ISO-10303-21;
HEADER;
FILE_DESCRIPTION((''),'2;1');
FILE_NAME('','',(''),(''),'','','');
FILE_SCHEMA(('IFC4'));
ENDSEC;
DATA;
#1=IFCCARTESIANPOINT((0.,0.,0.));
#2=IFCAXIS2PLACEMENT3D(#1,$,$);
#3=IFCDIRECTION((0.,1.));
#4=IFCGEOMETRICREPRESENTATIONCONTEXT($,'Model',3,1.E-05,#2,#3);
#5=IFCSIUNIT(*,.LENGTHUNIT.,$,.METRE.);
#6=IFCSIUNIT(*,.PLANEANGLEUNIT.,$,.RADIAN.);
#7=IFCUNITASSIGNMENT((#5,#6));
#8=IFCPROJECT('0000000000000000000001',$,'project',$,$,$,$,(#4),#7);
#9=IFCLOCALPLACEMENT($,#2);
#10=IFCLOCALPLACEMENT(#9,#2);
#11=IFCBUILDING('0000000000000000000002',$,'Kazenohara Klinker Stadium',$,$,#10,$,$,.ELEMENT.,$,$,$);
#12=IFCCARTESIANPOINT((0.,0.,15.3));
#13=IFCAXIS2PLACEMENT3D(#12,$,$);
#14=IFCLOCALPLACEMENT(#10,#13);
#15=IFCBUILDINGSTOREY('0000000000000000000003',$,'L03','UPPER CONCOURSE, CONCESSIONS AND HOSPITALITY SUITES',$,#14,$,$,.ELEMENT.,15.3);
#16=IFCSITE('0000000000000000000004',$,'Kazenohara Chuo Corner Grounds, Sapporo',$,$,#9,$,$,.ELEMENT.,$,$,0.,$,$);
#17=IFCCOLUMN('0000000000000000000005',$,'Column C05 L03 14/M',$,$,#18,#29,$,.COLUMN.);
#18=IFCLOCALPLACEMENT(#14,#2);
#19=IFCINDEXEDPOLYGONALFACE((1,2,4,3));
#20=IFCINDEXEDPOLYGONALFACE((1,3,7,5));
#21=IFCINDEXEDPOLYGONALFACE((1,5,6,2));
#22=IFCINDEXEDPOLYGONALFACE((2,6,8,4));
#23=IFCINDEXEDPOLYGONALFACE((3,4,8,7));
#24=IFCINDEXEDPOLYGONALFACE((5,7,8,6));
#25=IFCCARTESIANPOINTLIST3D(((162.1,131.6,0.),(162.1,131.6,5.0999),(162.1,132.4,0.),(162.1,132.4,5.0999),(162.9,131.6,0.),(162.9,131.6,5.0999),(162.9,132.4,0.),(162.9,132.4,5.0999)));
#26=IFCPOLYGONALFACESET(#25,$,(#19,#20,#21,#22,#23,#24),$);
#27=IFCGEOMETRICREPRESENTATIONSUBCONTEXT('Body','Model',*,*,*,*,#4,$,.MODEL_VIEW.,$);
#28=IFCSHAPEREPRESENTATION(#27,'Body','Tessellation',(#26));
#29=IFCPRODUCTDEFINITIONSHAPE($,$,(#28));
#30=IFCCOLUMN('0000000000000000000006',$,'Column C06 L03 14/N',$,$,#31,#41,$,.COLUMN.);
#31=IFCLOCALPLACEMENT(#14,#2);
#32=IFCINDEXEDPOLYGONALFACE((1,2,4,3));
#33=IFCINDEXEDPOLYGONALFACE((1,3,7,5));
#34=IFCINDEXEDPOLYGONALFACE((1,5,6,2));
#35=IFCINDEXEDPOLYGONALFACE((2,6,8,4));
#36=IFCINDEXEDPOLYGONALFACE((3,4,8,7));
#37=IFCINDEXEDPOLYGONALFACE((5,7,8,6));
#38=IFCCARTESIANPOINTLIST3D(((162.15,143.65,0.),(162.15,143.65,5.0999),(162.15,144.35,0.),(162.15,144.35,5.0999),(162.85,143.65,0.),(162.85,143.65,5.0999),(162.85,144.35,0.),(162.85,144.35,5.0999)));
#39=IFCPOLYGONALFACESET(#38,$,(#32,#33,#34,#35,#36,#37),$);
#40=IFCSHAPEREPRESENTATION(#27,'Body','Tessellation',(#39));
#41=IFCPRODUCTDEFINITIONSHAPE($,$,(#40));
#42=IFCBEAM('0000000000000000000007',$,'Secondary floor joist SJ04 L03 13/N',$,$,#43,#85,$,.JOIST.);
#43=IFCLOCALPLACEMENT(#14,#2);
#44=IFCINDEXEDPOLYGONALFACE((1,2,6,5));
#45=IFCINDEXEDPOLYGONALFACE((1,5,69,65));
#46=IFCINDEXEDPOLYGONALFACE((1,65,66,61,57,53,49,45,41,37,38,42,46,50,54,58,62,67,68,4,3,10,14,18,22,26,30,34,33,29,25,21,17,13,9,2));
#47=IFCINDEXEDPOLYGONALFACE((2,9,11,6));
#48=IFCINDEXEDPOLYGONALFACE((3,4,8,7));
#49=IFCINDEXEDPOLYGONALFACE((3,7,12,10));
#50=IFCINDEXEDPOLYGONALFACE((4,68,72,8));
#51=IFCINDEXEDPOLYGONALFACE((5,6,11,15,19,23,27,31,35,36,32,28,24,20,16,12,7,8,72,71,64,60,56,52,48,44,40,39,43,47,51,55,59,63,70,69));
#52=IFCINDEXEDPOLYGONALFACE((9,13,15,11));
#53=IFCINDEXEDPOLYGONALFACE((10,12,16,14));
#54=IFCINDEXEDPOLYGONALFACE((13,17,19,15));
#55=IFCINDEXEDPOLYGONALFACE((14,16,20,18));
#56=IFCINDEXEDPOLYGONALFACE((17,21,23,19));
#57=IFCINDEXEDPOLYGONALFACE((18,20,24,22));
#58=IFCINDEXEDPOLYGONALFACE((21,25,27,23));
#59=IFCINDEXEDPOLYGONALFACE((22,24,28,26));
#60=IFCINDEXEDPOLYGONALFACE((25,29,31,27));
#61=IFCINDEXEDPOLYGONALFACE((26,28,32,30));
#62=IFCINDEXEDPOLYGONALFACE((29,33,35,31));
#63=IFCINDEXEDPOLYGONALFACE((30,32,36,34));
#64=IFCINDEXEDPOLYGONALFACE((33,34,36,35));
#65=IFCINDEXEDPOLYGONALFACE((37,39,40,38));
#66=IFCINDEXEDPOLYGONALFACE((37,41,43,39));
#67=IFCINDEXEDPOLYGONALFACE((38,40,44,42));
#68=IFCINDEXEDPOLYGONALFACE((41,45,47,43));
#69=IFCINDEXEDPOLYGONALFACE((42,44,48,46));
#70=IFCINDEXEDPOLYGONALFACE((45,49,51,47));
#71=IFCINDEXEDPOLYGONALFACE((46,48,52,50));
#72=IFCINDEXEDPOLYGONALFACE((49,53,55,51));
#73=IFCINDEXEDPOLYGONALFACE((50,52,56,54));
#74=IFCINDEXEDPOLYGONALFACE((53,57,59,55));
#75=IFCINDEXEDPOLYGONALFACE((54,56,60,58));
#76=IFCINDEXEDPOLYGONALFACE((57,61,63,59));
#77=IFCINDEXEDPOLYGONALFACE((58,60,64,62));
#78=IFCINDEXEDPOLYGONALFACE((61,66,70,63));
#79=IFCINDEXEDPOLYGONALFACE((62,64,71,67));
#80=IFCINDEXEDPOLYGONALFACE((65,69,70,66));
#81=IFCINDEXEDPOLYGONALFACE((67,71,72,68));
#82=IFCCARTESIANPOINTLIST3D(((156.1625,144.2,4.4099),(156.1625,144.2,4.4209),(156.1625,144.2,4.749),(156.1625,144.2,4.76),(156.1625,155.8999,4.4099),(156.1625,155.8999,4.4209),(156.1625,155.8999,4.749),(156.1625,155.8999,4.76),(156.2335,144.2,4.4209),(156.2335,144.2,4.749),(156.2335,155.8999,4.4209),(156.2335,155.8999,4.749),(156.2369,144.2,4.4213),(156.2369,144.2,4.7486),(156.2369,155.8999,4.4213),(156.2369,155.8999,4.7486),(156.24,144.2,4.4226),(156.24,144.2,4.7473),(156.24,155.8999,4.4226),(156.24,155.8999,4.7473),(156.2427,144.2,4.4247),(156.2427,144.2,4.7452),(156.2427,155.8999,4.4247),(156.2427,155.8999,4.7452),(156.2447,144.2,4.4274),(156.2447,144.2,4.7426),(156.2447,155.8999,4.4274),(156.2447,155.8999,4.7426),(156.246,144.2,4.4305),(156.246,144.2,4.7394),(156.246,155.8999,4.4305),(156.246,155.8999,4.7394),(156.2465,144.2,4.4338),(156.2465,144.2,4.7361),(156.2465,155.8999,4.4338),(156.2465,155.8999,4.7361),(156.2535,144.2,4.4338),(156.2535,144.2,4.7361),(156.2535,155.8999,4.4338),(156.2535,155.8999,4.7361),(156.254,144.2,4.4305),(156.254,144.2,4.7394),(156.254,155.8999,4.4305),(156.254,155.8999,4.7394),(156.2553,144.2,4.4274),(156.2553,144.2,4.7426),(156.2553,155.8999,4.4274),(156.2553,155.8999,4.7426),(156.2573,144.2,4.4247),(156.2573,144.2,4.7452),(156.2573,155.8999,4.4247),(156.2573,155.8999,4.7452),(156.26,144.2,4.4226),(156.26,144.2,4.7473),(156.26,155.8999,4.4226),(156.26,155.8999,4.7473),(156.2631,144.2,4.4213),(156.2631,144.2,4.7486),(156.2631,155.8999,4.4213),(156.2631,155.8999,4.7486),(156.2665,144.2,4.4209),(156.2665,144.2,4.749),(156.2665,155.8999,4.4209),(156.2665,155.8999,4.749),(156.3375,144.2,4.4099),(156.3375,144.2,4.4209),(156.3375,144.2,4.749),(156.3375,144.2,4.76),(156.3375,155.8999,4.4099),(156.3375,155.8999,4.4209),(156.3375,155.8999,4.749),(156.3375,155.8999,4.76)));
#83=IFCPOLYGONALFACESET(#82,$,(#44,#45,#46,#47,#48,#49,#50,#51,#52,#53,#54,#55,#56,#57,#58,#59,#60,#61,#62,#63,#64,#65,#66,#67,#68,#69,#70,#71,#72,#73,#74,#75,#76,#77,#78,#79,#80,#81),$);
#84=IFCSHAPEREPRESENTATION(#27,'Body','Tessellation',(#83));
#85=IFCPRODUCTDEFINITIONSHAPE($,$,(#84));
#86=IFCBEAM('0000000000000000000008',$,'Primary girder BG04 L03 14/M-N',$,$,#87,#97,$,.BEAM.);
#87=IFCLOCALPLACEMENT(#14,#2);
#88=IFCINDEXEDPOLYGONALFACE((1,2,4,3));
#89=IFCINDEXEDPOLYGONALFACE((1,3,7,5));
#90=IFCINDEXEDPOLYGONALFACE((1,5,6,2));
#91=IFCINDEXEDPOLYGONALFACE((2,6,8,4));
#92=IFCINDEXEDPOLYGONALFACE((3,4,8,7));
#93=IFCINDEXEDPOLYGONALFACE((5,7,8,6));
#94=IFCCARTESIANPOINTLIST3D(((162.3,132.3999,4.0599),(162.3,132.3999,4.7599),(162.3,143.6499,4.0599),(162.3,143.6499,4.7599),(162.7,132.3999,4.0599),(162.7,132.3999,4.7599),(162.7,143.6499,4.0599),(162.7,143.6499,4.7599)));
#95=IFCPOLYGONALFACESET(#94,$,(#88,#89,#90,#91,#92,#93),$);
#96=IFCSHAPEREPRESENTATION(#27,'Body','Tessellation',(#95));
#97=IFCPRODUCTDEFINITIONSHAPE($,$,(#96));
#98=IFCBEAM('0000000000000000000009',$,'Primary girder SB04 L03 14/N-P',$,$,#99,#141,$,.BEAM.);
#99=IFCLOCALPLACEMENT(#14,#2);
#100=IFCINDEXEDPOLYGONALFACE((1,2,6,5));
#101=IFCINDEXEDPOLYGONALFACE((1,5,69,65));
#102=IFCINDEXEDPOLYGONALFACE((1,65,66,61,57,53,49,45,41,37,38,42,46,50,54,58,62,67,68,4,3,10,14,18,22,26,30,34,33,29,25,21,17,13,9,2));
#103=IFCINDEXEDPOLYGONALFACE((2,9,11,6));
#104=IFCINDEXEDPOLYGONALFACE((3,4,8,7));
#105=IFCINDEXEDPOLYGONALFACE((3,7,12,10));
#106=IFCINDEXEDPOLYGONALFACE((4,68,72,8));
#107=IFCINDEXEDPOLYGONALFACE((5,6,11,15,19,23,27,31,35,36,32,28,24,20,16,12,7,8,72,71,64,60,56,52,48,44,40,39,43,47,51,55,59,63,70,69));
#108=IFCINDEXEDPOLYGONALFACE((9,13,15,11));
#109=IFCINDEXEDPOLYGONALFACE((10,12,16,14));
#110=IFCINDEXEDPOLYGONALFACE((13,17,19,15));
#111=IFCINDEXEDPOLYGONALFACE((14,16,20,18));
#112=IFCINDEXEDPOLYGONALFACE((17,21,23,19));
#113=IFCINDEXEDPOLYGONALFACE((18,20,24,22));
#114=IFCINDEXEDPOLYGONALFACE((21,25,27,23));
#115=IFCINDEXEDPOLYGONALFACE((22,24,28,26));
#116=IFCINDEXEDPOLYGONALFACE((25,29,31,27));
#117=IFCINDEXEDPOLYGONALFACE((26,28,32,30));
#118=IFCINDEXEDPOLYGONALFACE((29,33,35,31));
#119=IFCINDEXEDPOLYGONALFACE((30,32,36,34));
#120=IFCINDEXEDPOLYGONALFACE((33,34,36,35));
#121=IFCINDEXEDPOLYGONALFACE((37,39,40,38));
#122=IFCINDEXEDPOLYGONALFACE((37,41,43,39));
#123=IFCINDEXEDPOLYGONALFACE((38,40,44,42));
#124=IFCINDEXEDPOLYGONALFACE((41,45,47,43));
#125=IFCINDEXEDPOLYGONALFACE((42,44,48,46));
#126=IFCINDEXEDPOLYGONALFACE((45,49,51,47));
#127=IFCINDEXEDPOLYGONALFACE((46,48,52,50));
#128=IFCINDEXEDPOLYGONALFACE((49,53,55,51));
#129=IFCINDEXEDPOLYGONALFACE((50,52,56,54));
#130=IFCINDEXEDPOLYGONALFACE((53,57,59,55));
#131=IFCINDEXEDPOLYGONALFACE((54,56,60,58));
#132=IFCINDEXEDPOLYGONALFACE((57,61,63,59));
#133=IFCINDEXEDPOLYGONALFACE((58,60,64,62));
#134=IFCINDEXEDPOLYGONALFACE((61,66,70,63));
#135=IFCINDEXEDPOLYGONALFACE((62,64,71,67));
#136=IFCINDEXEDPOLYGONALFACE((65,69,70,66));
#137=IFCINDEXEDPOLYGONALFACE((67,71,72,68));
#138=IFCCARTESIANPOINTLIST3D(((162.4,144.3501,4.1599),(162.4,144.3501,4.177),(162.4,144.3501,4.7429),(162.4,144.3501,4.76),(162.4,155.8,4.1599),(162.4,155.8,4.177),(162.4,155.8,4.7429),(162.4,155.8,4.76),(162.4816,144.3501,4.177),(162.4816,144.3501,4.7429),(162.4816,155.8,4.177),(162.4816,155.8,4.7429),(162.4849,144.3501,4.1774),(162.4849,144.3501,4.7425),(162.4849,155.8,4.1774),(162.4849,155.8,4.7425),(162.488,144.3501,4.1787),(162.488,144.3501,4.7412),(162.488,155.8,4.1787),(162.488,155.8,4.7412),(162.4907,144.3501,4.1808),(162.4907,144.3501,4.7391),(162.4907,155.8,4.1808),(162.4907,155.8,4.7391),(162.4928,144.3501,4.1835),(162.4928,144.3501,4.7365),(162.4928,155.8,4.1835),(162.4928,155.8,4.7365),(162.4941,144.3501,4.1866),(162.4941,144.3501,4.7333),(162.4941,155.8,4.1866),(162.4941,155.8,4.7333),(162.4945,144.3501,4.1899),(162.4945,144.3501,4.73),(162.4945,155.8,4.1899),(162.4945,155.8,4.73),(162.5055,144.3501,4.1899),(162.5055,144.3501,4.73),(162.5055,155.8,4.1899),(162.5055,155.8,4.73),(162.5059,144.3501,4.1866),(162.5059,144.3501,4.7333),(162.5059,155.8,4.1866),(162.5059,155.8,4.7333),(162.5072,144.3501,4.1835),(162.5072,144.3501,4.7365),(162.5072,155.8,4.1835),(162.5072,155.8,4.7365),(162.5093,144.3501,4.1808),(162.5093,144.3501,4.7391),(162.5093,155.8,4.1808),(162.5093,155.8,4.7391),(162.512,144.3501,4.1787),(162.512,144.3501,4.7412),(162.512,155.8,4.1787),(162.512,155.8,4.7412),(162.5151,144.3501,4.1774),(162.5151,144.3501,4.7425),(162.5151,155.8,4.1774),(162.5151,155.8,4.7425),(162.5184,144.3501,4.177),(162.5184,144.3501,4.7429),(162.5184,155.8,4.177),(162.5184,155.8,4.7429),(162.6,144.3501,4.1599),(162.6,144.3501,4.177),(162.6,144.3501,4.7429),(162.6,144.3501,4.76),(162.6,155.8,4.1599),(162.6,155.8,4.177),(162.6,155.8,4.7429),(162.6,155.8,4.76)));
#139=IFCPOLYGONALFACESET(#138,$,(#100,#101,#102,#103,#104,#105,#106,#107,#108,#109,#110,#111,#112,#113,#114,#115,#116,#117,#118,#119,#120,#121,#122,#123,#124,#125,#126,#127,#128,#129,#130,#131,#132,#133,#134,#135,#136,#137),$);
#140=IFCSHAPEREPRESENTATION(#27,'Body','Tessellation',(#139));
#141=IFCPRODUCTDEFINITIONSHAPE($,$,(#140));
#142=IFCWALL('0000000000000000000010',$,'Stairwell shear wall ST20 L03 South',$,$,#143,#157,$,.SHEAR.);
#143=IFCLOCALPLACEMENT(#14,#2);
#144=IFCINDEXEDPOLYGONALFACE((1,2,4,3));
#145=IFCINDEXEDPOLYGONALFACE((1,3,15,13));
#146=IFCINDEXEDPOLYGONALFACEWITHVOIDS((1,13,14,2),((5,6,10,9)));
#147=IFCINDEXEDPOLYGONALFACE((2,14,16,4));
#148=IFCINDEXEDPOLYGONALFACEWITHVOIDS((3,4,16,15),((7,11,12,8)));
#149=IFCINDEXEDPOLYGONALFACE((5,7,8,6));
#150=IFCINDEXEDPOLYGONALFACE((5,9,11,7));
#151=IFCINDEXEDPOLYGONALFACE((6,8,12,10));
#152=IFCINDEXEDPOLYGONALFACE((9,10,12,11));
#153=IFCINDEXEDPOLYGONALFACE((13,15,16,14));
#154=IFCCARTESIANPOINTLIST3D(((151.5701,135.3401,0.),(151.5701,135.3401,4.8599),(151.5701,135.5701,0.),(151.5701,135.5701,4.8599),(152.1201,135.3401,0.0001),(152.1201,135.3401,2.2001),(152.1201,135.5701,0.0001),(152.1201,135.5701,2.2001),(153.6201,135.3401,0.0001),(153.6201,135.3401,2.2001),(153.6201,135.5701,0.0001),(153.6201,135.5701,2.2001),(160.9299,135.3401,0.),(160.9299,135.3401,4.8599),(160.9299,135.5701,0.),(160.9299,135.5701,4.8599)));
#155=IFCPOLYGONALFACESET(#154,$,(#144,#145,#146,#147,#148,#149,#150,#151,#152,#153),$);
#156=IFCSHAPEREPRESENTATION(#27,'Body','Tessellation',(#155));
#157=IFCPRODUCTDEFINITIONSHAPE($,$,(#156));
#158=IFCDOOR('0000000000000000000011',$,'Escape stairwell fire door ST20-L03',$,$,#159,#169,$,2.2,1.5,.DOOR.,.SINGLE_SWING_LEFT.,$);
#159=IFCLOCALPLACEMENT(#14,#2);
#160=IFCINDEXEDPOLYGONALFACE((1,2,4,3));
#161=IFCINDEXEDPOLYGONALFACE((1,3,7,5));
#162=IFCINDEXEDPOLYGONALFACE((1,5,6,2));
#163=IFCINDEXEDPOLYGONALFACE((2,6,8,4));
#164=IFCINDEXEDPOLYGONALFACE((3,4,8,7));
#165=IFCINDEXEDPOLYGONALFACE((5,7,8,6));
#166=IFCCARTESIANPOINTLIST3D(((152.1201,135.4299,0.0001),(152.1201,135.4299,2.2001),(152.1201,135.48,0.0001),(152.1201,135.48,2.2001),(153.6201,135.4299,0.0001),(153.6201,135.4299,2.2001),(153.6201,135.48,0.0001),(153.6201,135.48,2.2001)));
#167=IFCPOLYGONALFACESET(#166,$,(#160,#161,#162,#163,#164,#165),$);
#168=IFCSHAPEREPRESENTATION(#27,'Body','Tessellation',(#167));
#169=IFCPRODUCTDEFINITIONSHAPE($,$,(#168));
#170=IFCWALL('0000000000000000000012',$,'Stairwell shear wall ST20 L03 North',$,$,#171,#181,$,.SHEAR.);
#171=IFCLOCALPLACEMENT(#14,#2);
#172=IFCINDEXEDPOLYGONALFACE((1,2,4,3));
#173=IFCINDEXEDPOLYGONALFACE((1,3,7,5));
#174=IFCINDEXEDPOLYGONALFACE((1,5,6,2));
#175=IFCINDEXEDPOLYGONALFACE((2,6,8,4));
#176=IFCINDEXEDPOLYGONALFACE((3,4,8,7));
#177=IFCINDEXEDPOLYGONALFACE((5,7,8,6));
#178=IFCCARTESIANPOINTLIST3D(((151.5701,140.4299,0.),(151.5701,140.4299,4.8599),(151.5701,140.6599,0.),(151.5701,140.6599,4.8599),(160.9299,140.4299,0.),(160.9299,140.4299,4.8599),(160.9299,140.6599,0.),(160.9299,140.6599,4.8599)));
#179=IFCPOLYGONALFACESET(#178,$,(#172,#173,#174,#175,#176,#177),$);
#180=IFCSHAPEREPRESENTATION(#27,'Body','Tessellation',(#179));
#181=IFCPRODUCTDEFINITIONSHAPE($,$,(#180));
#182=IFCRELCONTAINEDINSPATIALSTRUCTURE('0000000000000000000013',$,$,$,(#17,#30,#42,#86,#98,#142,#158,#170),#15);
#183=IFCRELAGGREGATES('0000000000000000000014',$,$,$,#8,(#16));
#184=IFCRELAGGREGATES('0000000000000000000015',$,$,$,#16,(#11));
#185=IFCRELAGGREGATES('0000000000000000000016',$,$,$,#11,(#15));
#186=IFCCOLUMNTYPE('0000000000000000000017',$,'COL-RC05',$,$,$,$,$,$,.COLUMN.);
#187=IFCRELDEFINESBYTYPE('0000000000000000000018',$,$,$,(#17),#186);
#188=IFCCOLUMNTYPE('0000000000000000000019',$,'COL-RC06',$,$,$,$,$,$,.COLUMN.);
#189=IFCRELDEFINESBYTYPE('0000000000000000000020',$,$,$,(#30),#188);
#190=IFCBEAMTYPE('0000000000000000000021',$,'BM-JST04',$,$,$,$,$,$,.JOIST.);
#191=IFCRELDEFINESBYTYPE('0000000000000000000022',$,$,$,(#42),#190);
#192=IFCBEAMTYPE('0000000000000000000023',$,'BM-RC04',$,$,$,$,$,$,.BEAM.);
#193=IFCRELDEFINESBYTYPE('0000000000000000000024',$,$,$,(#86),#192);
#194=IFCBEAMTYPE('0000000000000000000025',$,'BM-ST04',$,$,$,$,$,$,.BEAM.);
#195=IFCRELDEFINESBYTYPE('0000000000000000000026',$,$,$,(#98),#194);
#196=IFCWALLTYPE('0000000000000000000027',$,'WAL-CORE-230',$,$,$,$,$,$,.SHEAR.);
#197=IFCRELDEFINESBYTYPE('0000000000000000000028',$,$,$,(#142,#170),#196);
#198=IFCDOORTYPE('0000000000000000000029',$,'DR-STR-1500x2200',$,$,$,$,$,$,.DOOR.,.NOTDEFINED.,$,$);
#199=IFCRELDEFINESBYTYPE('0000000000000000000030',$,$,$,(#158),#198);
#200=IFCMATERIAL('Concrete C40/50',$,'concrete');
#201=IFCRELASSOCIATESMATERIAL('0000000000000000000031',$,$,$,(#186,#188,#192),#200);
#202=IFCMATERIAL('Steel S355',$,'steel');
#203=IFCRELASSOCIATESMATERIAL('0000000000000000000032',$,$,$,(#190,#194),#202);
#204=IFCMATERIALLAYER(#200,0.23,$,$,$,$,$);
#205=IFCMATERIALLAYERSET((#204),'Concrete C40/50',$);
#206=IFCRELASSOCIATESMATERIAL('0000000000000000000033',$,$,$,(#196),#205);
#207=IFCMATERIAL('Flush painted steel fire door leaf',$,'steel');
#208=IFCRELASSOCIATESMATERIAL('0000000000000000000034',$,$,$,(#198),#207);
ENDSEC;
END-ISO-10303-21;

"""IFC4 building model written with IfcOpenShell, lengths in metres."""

from ifc_helpers import new_model, si_unit, direction, frame, frame_2d, origin, origin_2d, place, context, subcontext, project, spatial, rectangle, i_section, extrude, material, layer, layer_set, material_profile, profile_set, type_object, element, fill, save


model = new_model("IFC4")

# Units and contexts
model_context = context("Model", 3, precision=1e-05, world=origin(), true_north=direction((0.0, 1.0)))
body_context = subcontext(model_context, "Body", "Model", "MODEL_VIEW")
ifc_project = project(units=[si_unit("LENGTHUNIT", "METRE"), si_unit("PLANEANGLEUNIT", "RADIAN")], contexts=[model_context])

# Site, building, storey
site_placement = place(None, origin())
site = spatial("IfcSite", under=ifc_project, at=site_placement, Name="Kazenohara Chuo Corner Grounds, Sapporo", CompositionType="ELEMENT", RefElevation=0.0)
building_placement = place(site_placement, origin())
building = spatial("IfcBuilding", under=site, at=building_placement, Name="Kazenohara Klinker Stadium", CompositionType="ELEMENT")
storey_placement = place(building_placement, frame((0.0, 0.0, 15.3)))
storey = spatial("IfcBuildingStorey", under=building, at=storey_placement, Name="L03", Description="UPPER CONCOURSE, CONCESSIONS AND HOSPITALITY SUITES", CompositionType="ELEMENT", Elevation=15.3)

# Columns
ifc_material_1 = material(Name="Concrete C40/50", Category="concrete")
ifc_material_profile_1 = material_profile(ifc_material_1, rectangle(XDim=0.8, YDim=0.8, at=origin_2d()), Name="RC-COL-800x800")
ifc_profile_set_1 = profile_set([ifc_material_profile_1], Name="Concrete C40/50")
column_type_1 = type_object("IfcColumnType", Name="COL-RC05", PredefinedType="COLUMN", material=ifc_profile_set_1)
column_1_placement = place(storey_placement, frame((162.5, 132.0, 0.0), z_axis=(0.0, 0.0, 1.0), x_axis=(1.0, 0.0, 0.0)))
element("IfcColumn", 1, at=column_1_placement, inside=storey, type_object=column_type_1, Name="Column C05 L03 14/M", PredefinedType="COLUMN", context=body_context, shape_type="SweptSolid", body=[
    extrude(rectangle(XDim=0.8, YDim=0.8, at=origin_2d()), origin(), (0.0, 0.0, 1.0), 5.0999),
])
ifc_material_profile_2 = material_profile(ifc_material_1, rectangle(XDim=0.7, YDim=0.7, at=origin_2d()), Name="RC-COL-700x700")
ifc_profile_set_2 = profile_set([ifc_material_profile_2], Name="Concrete C40/50")
column_type_2 = type_object("IfcColumnType", Name="COL-RC06", PredefinedType="COLUMN", material=ifc_profile_set_2)
column_2_placement = place(storey_placement, frame((162.5, 144.0, 0.0), z_axis=(0.0, 0.0, 1.0), x_axis=(1.0, 0.0, 0.0)))
element("IfcColumn", 2, at=column_2_placement, inside=storey, type_object=column_type_2, Name="Column C06 L03 14/N", PredefinedType="COLUMN", context=body_context, shape_type="SweptSolid", body=[
    extrude(rectangle(XDim=0.7, YDim=0.7, at=origin_2d()), origin(), (0.0, 0.0, 1.0), 5.0999),
])

# Beams
ifc_material_2 = material(Name="Steel S355", Category="steel")
ifc_material_profile_3 = material_profile(ifc_material_2, i_section(OverallWidth=0.175, OverallDepth=0.3501, WebThickness=0.0071, FlangeThickness=0.011, FilletRadius=0.0129, at=origin_2d()), Name="H-350x175x7x11")
ifc_profile_set_3 = profile_set([ifc_material_profile_3], Name="Steel S355")
beam_type_1 = type_object("IfcBeamType", Name="BM-JST04", PredefinedType="JOIST", material=ifc_profile_set_3)
beam_1_placement = place(storey_placement, frame((156.25, 144.2, 4.585), z_axis=(0.0, 1.0, 0.0), x_axis=(-1.0, 0.0, 0.0)))
element("IfcBeam", 3, at=beam_1_placement, inside=storey, type_object=beam_type_1, Name="Secondary floor joist SJ04 L03 13/N", PredefinedType="JOIST", context=body_context, shape_type="SweptSolid", body=[
    extrude(i_section(OverallWidth=0.175, OverallDepth=0.3501, WebThickness=0.0071, FlangeThickness=0.011, FilletRadius=0.0129, at=origin_2d()), origin(), (0.0, 0.0, 1.0), 11.7),
])
ifc_material_profile_4 = material_profile(ifc_material_1, rectangle(XDim=0.3999, YDim=0.7, at=origin_2d()), Name="RC-BM-400x700")
ifc_profile_set_4 = profile_set([ifc_material_profile_4], Name="Concrete C40/50")
beam_type_2 = type_object("IfcBeamType", Name="BM-RC04", PredefinedType="BEAM", material=ifc_profile_set_4)
beam_2_placement = place(storey_placement, frame((162.5, 132.3999, 4.4099), z_axis=(0.0, 1.0, 0.0), x_axis=(-1.0, 0.0, 0.0)))
element("IfcBeam", 4, at=beam_2_placement, inside=storey, type_object=beam_type_2, Name="Primary girder BG04 L03 14/M-N", PredefinedType="BEAM", context=body_context, shape_type="SweptSolid", body=[
    extrude(rectangle(XDim=0.3999, YDim=0.7, at=origin_2d()), origin(), (0.0, 0.0, 1.0), 11.25),
])
ifc_material_profile_5 = material_profile(ifc_material_2, i_section(OverallWidth=0.2, OverallDepth=0.6001, WebThickness=0.011, FlangeThickness=0.0171, FilletRadius=0.0129, at=origin_2d()), Name="H-600x200x11x17")
ifc_profile_set_5 = profile_set([ifc_material_profile_5], Name="Steel S355")
beam_type_3 = type_object("IfcBeamType", Name="BM-ST04", PredefinedType="BEAM", material=ifc_profile_set_5)
beam_3_placement = place(storey_placement, frame((162.5, 144.3501, 4.46), z_axis=(0.0, 1.0, 0.0), x_axis=(-1.0, 0.0, 0.0)))
element("IfcBeam", 5, at=beam_3_placement, inside=storey, type_object=beam_type_3, Name="Primary girder SB04 L03 14/N-P", PredefinedType="BEAM", context=body_context, shape_type="SweptSolid", body=[
    extrude(i_section(OverallWidth=0.2, OverallDepth=0.6001, WebThickness=0.011, FlangeThickness=0.0171, FilletRadius=0.0129, at=origin_2d()), origin(), (0.0, 0.0, 1.0), 11.45),
])

# Wall, opening, door
ifc_layer_1 = layer(ifc_material_1, 0.23)
ifc_layer_set_1 = layer_set([ifc_layer_1], Name="Concrete C40/50")
wall_type_1 = type_object("IfcWallType", Name="WAL-CORE-230", PredefinedType="SHEAR", material=ifc_layer_set_1)
wall_1_placement = place(storey_placement, frame((151.5701, 135.4551, 0.0), z_axis=(0.0, 0.0, 1.0), x_axis=(1.0, 0.0, 0.0)))
wall_1 = element("IfcWall", 6, at=wall_1_placement, inside=storey, type_object=wall_type_1, Name="Stairwell shear wall ST20 L03 South", PredefinedType="SHEAR", context=body_context, shape_type="SweptSolid", body=[
    extrude(rectangle(XDim=9.3599, YDim=0.23, at=frame_2d((4.6799, 0.0))), origin(), (0.0, 0.0, 1.0), 4.8599),
])
opening_placement = place(wall_1_placement, frame((0.55, 0.0, 0.0)))
opening = element("IfcOpeningElement", 7, at=opening_placement, cuts=wall_1, PredefinedType="OPENING", context=body_context, shape_type="SweptSolid", body=[
    extrude(rectangle(XDim=1.5, YDim=2.2, at=frame_2d((0.75, 1.1001))), frame((0.0, 0.125, 0.0), z_axis=(0.0, -1.0, 0.0), x_axis=(1.0, 0.0, 0.0)), (0.0, 0.0, 1.0), 0.25),
])
ifc_material_3 = material(Name="Flush painted steel fire door leaf", Category="steel")
door_type = type_object("IfcDoorType", Name="DR-STR-1500x2200", OperationType="NOTDEFINED", PredefinedType="DOOR", material=ifc_material_3)
door_placement = place(opening_placement, origin())
door = element("IfcDoor", 8, at=door_placement, inside=storey, type_object=door_type, Name="Escape stairwell fire door ST20-L03", OperationType="SINGLE_SWING_LEFT", OverallHeight=2.2, OverallWidth=1.5, PredefinedType="DOOR", context=body_context, shape_type="SweptSolid", body=[
    extrude(rectangle(XDim=1.5, YDim=2.2, at=frame_2d((0.75, 1.1001))), frame((0.0, 0.0249, 0.0), z_axis=(0.0, -1.0, 0.0), x_axis=(1.0, 0.0, 0.0)), (0.0, 0.0, 1.0), 0.05),
])
fill(opening, door)

# Wall
wall_2_placement = place(storey_placement, frame((151.5701, 140.5449, 0.0), z_axis=(0.0, 0.0, 1.0), x_axis=(1.0, 0.0, 0.0)))
element("IfcWall", 9, at=wall_2_placement, inside=storey, type_object=wall_type_1, Name="Stairwell shear wall ST20 L03 North", PredefinedType="SHEAR", context=body_context, shape_type="SweptSolid", body=[
    extrude(rectangle(XDim=9.3599, YDim=0.23, at=frame_2d((4.6799, 0.0))), origin(), (0.0, 0.0, 1.0), 4.8599),
])

save(model, "model.ifc")
